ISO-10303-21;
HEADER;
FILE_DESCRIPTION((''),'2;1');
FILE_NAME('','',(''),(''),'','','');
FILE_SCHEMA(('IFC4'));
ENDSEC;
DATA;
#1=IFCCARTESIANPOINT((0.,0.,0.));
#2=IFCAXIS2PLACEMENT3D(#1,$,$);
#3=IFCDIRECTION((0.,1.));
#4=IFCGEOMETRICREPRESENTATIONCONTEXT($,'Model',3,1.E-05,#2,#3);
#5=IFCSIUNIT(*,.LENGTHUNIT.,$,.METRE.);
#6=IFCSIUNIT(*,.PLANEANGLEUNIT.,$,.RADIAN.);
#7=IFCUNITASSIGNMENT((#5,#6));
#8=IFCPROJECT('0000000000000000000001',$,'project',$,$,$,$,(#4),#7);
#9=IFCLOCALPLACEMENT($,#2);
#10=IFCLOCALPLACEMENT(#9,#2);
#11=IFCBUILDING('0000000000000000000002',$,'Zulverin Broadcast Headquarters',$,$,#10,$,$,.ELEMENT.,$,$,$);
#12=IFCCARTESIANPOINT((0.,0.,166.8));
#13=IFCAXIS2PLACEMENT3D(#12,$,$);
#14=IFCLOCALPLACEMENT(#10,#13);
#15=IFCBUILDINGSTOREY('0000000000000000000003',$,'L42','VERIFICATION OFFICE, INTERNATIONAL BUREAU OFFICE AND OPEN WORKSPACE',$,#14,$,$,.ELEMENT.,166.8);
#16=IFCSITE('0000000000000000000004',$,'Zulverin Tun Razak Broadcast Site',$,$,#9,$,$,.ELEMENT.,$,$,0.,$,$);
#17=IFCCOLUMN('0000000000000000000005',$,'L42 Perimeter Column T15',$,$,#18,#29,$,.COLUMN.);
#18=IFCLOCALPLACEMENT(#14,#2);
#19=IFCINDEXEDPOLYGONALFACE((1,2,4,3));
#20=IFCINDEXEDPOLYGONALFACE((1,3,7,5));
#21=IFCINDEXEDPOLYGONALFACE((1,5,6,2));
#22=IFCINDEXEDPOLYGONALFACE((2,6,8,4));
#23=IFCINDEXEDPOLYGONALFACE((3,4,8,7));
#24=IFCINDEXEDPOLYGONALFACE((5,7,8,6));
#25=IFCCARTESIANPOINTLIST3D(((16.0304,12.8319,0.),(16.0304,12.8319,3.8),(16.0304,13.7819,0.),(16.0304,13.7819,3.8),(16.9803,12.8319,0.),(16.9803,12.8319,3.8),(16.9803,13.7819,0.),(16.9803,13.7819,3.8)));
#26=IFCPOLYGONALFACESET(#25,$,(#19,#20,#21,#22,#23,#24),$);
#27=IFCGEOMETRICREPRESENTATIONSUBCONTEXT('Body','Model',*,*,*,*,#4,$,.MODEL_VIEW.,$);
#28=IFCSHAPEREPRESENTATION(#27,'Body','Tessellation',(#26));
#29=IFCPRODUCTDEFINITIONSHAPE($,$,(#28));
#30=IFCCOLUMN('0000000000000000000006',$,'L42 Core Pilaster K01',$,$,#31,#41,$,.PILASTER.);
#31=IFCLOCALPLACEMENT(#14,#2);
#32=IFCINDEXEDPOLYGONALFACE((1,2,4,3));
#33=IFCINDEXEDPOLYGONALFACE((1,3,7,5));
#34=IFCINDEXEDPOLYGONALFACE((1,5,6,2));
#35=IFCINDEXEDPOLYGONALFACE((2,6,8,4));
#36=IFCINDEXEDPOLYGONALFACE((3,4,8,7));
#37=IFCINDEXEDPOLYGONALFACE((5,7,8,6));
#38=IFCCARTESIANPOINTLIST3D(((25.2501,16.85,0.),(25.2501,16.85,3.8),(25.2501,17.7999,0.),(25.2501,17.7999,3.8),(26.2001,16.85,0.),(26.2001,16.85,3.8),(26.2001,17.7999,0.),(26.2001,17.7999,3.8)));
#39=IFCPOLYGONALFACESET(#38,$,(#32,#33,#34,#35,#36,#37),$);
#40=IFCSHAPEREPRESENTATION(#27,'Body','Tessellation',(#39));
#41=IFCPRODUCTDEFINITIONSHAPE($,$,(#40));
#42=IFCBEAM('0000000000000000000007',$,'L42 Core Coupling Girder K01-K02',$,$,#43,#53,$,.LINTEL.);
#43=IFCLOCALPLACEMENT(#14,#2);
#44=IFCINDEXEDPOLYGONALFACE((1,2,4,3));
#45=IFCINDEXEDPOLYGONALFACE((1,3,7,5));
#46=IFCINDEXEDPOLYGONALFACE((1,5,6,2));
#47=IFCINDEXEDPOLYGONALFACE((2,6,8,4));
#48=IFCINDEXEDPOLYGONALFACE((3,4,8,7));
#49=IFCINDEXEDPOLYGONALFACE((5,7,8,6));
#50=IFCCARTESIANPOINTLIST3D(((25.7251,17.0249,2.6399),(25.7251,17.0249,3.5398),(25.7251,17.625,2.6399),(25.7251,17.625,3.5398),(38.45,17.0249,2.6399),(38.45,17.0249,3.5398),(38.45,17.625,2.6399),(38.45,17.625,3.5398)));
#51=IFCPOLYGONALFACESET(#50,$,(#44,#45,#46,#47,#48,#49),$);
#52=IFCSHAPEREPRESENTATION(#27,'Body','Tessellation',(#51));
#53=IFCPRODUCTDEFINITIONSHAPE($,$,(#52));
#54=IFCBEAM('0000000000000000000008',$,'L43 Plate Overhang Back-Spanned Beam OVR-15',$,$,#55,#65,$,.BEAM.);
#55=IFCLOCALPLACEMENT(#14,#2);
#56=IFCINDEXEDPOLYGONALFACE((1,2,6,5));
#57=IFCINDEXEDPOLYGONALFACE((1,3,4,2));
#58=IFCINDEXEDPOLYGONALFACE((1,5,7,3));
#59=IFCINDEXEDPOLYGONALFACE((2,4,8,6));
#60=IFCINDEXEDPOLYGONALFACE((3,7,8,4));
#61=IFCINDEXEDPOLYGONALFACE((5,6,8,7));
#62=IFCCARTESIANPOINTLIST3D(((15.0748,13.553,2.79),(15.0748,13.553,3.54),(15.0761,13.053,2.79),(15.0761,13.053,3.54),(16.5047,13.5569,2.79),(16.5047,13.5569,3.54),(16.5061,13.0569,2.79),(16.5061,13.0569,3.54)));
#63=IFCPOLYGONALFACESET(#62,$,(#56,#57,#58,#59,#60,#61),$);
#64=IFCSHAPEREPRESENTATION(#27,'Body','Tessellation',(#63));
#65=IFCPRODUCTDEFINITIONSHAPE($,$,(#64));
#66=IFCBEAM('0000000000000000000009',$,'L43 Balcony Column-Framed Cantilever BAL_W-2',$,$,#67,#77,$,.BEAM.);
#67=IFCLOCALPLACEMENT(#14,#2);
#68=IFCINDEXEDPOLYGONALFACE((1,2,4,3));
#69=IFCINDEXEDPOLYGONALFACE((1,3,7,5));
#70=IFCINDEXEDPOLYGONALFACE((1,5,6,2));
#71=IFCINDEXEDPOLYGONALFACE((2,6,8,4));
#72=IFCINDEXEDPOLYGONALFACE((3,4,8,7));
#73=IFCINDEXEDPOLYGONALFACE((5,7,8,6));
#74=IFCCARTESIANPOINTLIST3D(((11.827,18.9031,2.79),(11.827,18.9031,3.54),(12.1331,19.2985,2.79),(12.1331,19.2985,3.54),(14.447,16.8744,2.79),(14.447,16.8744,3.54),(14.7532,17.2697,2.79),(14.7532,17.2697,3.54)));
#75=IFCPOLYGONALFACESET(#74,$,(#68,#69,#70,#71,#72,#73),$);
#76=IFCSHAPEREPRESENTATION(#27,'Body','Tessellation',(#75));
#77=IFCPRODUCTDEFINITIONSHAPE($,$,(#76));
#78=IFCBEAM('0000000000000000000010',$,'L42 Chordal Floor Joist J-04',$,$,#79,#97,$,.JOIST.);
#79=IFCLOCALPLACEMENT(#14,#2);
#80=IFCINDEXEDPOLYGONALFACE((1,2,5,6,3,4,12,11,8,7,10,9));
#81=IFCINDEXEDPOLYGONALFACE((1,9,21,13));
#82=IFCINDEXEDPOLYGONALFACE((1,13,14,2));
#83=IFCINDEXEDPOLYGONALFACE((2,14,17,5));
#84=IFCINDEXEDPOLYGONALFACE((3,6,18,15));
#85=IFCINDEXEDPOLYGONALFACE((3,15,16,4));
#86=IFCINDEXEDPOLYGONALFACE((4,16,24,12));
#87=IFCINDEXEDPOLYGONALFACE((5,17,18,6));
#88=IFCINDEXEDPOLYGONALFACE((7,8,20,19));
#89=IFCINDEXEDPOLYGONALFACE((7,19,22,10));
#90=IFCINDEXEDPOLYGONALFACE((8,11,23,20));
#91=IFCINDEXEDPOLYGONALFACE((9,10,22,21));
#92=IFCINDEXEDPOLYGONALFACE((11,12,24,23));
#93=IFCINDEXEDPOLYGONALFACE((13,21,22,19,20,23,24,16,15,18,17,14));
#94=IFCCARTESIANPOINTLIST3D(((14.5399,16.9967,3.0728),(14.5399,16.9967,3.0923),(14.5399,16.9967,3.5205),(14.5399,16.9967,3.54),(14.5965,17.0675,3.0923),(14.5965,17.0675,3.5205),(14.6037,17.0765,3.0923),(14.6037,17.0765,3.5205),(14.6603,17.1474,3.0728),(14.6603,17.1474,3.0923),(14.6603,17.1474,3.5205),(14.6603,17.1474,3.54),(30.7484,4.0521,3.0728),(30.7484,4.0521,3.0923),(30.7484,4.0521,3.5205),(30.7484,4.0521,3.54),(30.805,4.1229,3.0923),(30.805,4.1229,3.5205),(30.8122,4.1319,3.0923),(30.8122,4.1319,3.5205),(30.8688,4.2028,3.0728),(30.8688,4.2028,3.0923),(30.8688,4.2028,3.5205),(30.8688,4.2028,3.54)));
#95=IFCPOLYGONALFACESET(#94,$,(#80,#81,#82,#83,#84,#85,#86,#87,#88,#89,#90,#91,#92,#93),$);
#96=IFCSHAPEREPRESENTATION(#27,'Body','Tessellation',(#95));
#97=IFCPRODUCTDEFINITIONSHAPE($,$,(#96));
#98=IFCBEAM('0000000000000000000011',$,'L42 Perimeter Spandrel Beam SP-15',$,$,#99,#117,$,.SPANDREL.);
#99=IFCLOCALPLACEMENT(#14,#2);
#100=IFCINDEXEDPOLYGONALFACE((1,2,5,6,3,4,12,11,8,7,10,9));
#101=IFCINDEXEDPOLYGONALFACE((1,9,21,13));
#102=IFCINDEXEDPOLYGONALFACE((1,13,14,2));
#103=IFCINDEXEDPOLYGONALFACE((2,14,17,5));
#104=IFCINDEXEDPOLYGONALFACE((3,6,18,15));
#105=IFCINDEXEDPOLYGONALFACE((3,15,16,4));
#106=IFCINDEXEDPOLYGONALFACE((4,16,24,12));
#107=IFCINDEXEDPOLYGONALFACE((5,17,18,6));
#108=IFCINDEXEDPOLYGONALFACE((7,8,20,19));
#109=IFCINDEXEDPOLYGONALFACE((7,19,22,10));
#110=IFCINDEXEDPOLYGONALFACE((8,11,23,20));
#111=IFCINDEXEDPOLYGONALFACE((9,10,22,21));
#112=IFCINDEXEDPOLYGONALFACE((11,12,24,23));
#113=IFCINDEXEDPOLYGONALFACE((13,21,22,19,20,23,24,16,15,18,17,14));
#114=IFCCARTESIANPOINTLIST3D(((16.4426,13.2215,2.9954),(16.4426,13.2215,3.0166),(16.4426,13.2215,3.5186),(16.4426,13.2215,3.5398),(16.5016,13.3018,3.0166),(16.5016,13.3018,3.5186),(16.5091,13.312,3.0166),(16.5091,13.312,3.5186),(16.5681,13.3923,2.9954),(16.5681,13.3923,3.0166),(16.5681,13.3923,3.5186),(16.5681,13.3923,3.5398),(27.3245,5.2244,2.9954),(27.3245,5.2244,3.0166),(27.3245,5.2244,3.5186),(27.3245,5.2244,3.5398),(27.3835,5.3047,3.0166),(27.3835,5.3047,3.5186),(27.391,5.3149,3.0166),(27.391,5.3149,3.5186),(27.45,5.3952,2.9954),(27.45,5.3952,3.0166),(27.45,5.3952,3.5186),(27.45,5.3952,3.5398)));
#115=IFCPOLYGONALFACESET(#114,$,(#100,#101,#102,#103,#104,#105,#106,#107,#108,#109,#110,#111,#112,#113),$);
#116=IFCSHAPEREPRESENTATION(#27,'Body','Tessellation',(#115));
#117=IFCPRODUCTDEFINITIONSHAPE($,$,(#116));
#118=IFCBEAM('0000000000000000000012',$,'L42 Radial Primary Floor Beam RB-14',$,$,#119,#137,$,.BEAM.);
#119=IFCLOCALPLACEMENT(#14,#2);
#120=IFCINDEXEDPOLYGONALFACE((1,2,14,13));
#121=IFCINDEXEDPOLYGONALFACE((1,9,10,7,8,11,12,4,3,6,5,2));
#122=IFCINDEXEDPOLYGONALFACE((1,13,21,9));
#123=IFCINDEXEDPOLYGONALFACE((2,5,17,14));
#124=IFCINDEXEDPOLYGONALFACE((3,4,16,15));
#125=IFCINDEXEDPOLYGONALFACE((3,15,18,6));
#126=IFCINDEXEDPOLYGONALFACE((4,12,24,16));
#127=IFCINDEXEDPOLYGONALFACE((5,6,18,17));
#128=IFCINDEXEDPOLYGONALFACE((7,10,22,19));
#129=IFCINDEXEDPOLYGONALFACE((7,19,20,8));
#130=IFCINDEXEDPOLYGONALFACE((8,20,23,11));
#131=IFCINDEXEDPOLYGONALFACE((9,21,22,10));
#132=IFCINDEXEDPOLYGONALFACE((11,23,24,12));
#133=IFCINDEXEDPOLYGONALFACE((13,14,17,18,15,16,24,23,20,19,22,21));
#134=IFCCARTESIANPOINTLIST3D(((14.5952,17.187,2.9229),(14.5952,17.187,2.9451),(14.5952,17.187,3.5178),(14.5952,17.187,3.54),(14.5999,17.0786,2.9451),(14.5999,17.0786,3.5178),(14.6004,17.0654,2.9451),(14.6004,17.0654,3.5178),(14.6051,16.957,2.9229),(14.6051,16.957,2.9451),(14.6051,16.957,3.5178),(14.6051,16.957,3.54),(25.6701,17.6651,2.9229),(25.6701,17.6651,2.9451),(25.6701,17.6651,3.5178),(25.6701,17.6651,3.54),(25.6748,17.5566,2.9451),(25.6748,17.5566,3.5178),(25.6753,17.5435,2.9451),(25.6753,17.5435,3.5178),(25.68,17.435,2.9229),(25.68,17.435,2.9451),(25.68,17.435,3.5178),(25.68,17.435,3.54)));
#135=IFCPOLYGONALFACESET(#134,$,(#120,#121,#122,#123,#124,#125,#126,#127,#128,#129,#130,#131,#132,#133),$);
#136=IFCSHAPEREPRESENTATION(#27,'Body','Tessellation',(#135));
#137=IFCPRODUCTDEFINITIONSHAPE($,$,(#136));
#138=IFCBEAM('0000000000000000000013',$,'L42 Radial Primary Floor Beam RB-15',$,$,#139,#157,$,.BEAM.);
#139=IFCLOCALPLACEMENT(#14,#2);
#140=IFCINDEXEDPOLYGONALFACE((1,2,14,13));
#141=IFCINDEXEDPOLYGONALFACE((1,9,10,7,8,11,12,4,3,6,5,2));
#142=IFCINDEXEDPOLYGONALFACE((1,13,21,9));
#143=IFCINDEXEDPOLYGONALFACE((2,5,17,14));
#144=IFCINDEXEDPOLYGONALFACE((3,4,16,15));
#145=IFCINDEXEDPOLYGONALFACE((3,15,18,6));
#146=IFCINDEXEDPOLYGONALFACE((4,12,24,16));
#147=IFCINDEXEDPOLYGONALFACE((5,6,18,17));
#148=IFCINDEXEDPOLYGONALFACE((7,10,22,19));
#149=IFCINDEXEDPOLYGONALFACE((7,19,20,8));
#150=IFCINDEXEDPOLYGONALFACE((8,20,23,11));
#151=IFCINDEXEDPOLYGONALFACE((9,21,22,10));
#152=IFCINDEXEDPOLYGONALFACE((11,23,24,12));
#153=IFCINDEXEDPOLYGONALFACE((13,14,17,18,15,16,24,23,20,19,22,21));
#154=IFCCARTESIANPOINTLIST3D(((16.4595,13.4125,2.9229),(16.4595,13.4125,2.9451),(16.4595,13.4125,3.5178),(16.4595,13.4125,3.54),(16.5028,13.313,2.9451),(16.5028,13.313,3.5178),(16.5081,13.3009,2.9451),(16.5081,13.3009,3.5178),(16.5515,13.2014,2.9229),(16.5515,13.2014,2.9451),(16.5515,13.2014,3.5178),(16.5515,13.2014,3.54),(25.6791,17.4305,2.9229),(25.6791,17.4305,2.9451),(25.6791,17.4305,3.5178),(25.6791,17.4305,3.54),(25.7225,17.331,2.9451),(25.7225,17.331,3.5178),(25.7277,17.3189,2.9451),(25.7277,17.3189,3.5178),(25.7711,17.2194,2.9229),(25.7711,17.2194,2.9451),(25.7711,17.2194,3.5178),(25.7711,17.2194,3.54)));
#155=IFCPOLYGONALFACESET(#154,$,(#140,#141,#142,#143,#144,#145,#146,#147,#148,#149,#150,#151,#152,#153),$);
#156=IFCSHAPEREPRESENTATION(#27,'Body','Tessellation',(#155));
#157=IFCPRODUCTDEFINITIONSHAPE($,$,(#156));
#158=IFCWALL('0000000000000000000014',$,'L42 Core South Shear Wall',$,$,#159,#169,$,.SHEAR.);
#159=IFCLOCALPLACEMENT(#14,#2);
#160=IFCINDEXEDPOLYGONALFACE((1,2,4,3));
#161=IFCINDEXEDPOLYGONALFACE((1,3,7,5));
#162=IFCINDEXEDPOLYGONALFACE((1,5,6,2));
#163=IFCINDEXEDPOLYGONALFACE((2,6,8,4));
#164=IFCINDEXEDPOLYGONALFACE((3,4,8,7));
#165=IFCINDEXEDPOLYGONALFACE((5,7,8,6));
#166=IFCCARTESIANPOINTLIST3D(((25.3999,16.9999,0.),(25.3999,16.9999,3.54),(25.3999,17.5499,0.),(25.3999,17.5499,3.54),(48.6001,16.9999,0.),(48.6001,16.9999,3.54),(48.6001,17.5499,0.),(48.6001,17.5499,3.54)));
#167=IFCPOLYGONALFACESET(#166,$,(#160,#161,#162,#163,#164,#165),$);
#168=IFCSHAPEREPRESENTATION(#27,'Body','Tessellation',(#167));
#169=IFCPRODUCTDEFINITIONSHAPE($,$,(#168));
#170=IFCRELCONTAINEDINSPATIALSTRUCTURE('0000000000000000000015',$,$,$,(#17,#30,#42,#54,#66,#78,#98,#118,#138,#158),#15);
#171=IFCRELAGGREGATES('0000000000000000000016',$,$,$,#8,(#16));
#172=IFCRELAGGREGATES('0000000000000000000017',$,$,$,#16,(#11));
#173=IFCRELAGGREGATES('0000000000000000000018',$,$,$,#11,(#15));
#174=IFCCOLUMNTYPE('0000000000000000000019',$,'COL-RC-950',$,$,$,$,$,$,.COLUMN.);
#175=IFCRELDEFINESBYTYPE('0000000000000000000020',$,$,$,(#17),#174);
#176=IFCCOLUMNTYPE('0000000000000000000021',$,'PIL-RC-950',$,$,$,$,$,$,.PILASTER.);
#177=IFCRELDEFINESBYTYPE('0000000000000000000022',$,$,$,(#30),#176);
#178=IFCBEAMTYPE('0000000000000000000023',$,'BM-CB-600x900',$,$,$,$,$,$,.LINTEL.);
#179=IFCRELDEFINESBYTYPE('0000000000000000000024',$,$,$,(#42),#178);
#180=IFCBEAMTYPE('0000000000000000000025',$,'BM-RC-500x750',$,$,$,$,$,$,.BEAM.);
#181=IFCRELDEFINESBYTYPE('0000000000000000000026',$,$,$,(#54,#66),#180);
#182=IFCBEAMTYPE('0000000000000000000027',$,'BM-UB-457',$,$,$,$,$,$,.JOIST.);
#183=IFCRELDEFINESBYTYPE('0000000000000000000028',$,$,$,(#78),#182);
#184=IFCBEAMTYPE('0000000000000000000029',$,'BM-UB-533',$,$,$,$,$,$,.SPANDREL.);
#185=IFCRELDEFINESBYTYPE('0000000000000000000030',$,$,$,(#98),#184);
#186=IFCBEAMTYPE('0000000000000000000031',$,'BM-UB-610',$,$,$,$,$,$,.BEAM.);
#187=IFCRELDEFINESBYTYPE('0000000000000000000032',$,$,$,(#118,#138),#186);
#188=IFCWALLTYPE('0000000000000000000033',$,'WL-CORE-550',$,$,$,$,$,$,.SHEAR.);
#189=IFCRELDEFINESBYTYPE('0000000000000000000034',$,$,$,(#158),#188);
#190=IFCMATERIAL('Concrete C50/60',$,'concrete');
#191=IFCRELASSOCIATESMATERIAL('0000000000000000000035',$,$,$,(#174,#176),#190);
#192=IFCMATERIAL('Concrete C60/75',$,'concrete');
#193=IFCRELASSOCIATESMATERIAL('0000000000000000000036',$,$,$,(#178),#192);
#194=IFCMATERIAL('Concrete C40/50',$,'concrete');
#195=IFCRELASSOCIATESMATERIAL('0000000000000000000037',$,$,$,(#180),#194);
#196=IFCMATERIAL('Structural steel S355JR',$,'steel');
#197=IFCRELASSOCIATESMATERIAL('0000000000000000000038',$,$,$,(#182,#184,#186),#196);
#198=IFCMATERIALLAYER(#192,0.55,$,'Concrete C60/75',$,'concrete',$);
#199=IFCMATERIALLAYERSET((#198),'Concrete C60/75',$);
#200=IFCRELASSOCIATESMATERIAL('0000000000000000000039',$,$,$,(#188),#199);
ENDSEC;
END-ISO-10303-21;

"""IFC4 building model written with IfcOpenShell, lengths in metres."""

from ifc_helpers import new_model, si_unit, direction, frame, frame_2d, origin, origin_2d, place, context, subcontext, project, spatial, rectangle, i_section, extrude, material, layer, layer_set, material_profile, profile_set, type_object, element, save


model = new_model("IFC4")

# Units and contexts
model_context = context("Model", 3, precision=1e-05, world=origin(), true_north=direction((0.0, 1.0)))
body_context = subcontext(model_context, "Body", "Model", "MODEL_VIEW")
ifc_project = project(units=[si_unit("LENGTHUNIT", "METRE"), si_unit("PLANEANGLEUNIT", "RADIAN")], contexts=[model_context])

# Site, building, storey
site_placement = place(None, origin())
site = spatial("IfcSite", under=ifc_project, at=site_placement, Name="Zulverin Tun Razak Broadcast Site", CompositionType="ELEMENT", RefElevation=0.0)
building_placement = place(site_placement, origin())
building = spatial("IfcBuilding", under=site, at=building_placement, Name="Zulverin Broadcast Headquarters", CompositionType="ELEMENT")
storey_placement = place(building_placement, frame((0.0, 0.0, 166.8)))
storey = spatial("IfcBuildingStorey", under=building, at=storey_placement, Name="L42", Description="VERIFICATION OFFICE, INTERNATIONAL BUREAU OFFICE AND OPEN WORKSPACE", CompositionType="ELEMENT", Elevation=166.8)

# Columns
ifc_material_1 = material(Name="Concrete C50/60", Category="concrete")
ifc_material_profile_1 = material_profile(ifc_material_1, rectangle(XDim=0.95, YDim=0.95, at=origin_2d()), Name="Concrete C50/60", Category="concrete")
ifc_profile_set_1 = profile_set([ifc_material_profile_1], Name="Concrete C50/60")
column_type_1 = type_object("IfcColumnType", Name="COL-RC-950", PredefinedType="COLUMN", material=ifc_profile_set_1)
column_1_placement = place(storey_placement, frame((16.5054, 13.3069, 0.0), z_axis=(0.0, 0.0, 1.0), x_axis=(1.0, 0.0, 0.0)))
element("IfcColumn", 1, at=column_1_placement, inside=storey, type_object=column_type_1, Name="L42 Perimeter Column T15", PredefinedType="COLUMN", context=body_context, shape_type="SweptSolid", body=[
    extrude(rectangle(XDim=0.95, YDim=0.95, at=origin_2d()), origin(), (0.0, 0.0, 1.0), 3.8),
])
ifc_material_profile_2 = material_profile(ifc_material_1, rectangle(XDim=0.95, YDim=0.95, at=origin_2d()), Name="Concrete C50/60", Category="concrete")
ifc_profile_set_2 = profile_set([ifc_material_profile_2], Name="Concrete C50/60")
column_type_2 = type_object("IfcColumnType", Name="PIL-RC-950", PredefinedType="PILASTER", material=ifc_profile_set_2)
column_2_placement = place(storey_placement, frame((25.7251, 17.325, 0.0), z_axis=(0.0, 0.0, 1.0), x_axis=(1.0, 0.0, 0.0)))
element("IfcColumn", 2, at=column_2_placement, inside=storey, type_object=column_type_2, Name="L42 Core Pilaster K01", PredefinedType="PILASTER", context=body_context, shape_type="SweptSolid", body=[
    extrude(rectangle(XDim=0.95, YDim=0.95, at=origin_2d()), origin(), (0.0, 0.0, 1.0), 3.8),
])

# Beams
ifc_material_2 = material(Name="Concrete C60/75", Category="concrete")
ifc_material_profile_3 = material_profile(ifc_material_2, rectangle(XDim=0.6001, YDim=0.8999, at=origin_2d()), Name="Concrete C60/75", Category="concrete")
ifc_profile_set_3 = profile_set([ifc_material_profile_3], Name="Concrete C60/75")
beam_type_1 = type_object("IfcBeamType", Name="BM-CB-600x900", PredefinedType="LINTEL", material=ifc_profile_set_3)
beam_1_placement = place(storey_placement, frame((25.7251, 17.325, 3.0898), z_axis=(1.0, 0.0, 0.0), x_axis=(0.0, 1.0, 0.0)))
element("IfcBeam", 3, at=beam_1_placement, inside=storey, type_object=beam_type_1, Name="L42 Core Coupling Girder K01-K02", PredefinedType="LINTEL", context=body_context, shape_type="SweptSolid", body=[
    extrude(rectangle(XDim=0.6001, YDim=0.8999, at=origin_2d()), origin(), (0.0, 0.0, 1.0), 12.7249),
])
ifc_material_3 = material(Name="Concrete C40/50", Category="concrete")
ifc_material_profile_4 = material_profile(ifc_material_3, rectangle(XDim=0.5, YDim=0.75, at=origin_2d()), Name="Concrete C40/50", Category="concrete")
ifc_profile_set_4 = profile_set([ifc_material_profile_4], Name="Concrete C40/50")
beam_type_2 = type_object("IfcBeamType", Name="BM-RC-500x750", PredefinedType="BEAM", material=ifc_profile_set_4)
beam_2_placement = place(storey_placement, frame((16.5054, 13.3069, 3.165), z_axis=(-0.999996, -0.002732, 0.0), x_axis=(0.002732, -0.999996, 0.0)))
element("IfcBeam", 4, at=beam_2_placement, inside=storey, type_object=beam_type_2, Name="L43 Plate Overhang Back-Spanned Beam OVR-15", PredefinedType="BEAM", context=body_context, shape_type="SweptSolid", body=[
    extrude(rectangle(XDim=0.5, YDim=0.75, at=origin_2d()), origin(), (0.0, 0.0, 1.0), 1.4299),
])
beam_3_placement = place(storey_placement, frame((14.6001, 17.072, 3.165), z_axis=(-0.790675, 0.612236, 0.0), x_axis=(-0.612236, -0.790675, 0.0)))
element("IfcBeam", 5, at=beam_3_placement, inside=storey, type_object=beam_type_2, Name="L43 Balcony Column-Framed Cantilever BAL_W-2", PredefinedType="BEAM", context=body_context, shape_type="SweptSolid", body=[
    extrude(rectangle(XDim=0.5, YDim=0.75, at=origin_2d()), origin(), (0.0, 0.0, 1.0), 3.3137),
])
ifc_material_4 = material(Name="Structural steel S355JR", Category="steel")
ifc_material_profile_5 = material_profile(ifc_material_4, i_section(OverallWidth=0.1929, OverallDepth=0.4673, WebThickness=0.0115, FlangeThickness=0.0195, at=origin_2d()), Name="Structural steel S355JR", Category="steel")
ifc_profile_set_5 = profile_set([ifc_material_profile_5], Name="Structural steel S355JR")
beam_type_3 = type_object("IfcBeamType", Name="BM-UB-457", PredefinedType="JOIST", material=ifc_profile_set_5)
beam_4_placement = place(storey_placement, frame((14.6001, 17.072, 3.3064), z_axis=(0.781391, -0.624042, 0.0), x_axis=(0.624042, 0.781391, 0.0)))
element("IfcBeam", 6, at=beam_4_placement, inside=storey, type_object=beam_type_3, Name="L42 Chordal Floor Joist J-04", PredefinedType="JOIST", context=body_context, shape_type="SweptSolid", body=[
    extrude(i_section(OverallWidth=0.1929, OverallDepth=0.4673, WebThickness=0.0115, FlangeThickness=0.0195, at=origin_2d()), origin(), (0.0, 0.0, 1.0), 20.7432),
])
ifc_material_profile_6 = material_profile(ifc_material_4, i_section(OverallWidth=0.2119, OverallDepth=0.5444, WebThickness=0.0127, FlangeThickness=0.0212, at=origin_2d()), Name="Structural steel S355JR", Category="steel")
ifc_profile_set_6 = profile_set([ifc_material_profile_6], Name="Structural steel S355JR")
beam_type_4 = type_object("IfcBeamType", Name="BM-UB-533", PredefinedType="SPANDREL", material=ifc_profile_set_6)
beam_5_placement = place(storey_placement, frame((16.5054, 13.3069, 3.2676), z_axis=(0.805802, -0.592185, 0.0), x_axis=(0.592185, 0.805802, 0.0)))
element("IfcBeam", 7, at=beam_5_placement, inside=storey, type_object=beam_type_4, Name="L42 Perimeter Spandrel Beam SP-15", PredefinedType="SPANDREL", context=body_context, shape_type="SweptSolid", body=[
    extrude(i_section(OverallWidth=0.2119, OverallDepth=0.5444, WebThickness=0.0127, FlangeThickness=0.0212, at=origin_2d()), origin(), (0.0, 0.0, 1.0), 13.5044),
])
ifc_material_profile_7 = material_profile(ifc_material_4, i_section(OverallWidth=0.2302, OverallDepth=0.6172, WebThickness=0.0132, FlangeThickness=0.0222, at=origin_2d()), Name="Structural steel S355JR", Category="steel")
ifc_profile_set_7 = profile_set([ifc_material_profile_7], Name="Structural steel S355JR")
beam_type_5 = type_object("IfcBeamType", Name="BM-UB-610", PredefinedType="BEAM", material=ifc_profile_set_7)
beam_6_placement = place(storey_placement, frame((25.675, 17.55, 3.2314), z_axis=(-0.99907, -0.043123, 0.0), x_axis=(0.043123, -0.99907, 0.0)))
element("IfcBeam", 8, at=beam_6_placement, inside=storey, type_object=beam_type_5, Name="L42 Radial Primary Floor Beam RB-14", PredefinedType="BEAM", context=body_context, shape_type="SweptSolid", body=[
    extrude(i_section(OverallWidth=0.2302, OverallDepth=0.6172, WebThickness=0.0132, FlangeThickness=0.0222, at=origin_2d()), origin(), (0.0, 0.0, 1.0), 11.0852),
])
beam_7_placement = place(storey_placement, frame((25.7251, 17.325, 3.2314), z_axis=(-0.916725, -0.39952, 0.0), x_axis=(0.39952, -0.916725, 0.0)))
element("IfcBeam", 9, at=beam_7_placement, inside=storey, type_object=beam_type_5, Name="L42 Radial Primary Floor Beam RB-15", PredefinedType="BEAM", context=body_context, shape_type="SweptSolid", body=[
    extrude(i_section(OverallWidth=0.2302, OverallDepth=0.6172, WebThickness=0.0132, FlangeThickness=0.0222, at=origin_2d()), origin(), (0.0, 0.0, 1.0), 10.0571),
])

# Wall
ifc_layer_1 = layer(ifc_material_2, 0.55, Name="Concrete C60/75", Category="concrete")
ifc_layer_set_1 = layer_set([ifc_layer_1], Name="Concrete C60/75")
wall_type_1 = type_object("IfcWallType", Name="WL-CORE-550", PredefinedType="SHEAR", material=ifc_layer_set_1)
wall_1_placement = place(storey_placement, frame((25.3999, 17.2749, 0.0), z_axis=(0.0, 0.0, 1.0), x_axis=(1.0, 0.0, 0.0)))
element("IfcWall", 10, at=wall_1_placement, inside=storey, type_object=wall_type_1, Name="L42 Core South Shear Wall", PredefinedType="SHEAR", context=body_context, shape_type="SweptSolid", body=[
    extrude(rectangle(XDim=23.2002, YDim=0.55, at=frame_2d((11.6001, 0.0))), origin(), (0.0, 0.0, 1.0), 3.54),
])

save(model, "model.ifc")
